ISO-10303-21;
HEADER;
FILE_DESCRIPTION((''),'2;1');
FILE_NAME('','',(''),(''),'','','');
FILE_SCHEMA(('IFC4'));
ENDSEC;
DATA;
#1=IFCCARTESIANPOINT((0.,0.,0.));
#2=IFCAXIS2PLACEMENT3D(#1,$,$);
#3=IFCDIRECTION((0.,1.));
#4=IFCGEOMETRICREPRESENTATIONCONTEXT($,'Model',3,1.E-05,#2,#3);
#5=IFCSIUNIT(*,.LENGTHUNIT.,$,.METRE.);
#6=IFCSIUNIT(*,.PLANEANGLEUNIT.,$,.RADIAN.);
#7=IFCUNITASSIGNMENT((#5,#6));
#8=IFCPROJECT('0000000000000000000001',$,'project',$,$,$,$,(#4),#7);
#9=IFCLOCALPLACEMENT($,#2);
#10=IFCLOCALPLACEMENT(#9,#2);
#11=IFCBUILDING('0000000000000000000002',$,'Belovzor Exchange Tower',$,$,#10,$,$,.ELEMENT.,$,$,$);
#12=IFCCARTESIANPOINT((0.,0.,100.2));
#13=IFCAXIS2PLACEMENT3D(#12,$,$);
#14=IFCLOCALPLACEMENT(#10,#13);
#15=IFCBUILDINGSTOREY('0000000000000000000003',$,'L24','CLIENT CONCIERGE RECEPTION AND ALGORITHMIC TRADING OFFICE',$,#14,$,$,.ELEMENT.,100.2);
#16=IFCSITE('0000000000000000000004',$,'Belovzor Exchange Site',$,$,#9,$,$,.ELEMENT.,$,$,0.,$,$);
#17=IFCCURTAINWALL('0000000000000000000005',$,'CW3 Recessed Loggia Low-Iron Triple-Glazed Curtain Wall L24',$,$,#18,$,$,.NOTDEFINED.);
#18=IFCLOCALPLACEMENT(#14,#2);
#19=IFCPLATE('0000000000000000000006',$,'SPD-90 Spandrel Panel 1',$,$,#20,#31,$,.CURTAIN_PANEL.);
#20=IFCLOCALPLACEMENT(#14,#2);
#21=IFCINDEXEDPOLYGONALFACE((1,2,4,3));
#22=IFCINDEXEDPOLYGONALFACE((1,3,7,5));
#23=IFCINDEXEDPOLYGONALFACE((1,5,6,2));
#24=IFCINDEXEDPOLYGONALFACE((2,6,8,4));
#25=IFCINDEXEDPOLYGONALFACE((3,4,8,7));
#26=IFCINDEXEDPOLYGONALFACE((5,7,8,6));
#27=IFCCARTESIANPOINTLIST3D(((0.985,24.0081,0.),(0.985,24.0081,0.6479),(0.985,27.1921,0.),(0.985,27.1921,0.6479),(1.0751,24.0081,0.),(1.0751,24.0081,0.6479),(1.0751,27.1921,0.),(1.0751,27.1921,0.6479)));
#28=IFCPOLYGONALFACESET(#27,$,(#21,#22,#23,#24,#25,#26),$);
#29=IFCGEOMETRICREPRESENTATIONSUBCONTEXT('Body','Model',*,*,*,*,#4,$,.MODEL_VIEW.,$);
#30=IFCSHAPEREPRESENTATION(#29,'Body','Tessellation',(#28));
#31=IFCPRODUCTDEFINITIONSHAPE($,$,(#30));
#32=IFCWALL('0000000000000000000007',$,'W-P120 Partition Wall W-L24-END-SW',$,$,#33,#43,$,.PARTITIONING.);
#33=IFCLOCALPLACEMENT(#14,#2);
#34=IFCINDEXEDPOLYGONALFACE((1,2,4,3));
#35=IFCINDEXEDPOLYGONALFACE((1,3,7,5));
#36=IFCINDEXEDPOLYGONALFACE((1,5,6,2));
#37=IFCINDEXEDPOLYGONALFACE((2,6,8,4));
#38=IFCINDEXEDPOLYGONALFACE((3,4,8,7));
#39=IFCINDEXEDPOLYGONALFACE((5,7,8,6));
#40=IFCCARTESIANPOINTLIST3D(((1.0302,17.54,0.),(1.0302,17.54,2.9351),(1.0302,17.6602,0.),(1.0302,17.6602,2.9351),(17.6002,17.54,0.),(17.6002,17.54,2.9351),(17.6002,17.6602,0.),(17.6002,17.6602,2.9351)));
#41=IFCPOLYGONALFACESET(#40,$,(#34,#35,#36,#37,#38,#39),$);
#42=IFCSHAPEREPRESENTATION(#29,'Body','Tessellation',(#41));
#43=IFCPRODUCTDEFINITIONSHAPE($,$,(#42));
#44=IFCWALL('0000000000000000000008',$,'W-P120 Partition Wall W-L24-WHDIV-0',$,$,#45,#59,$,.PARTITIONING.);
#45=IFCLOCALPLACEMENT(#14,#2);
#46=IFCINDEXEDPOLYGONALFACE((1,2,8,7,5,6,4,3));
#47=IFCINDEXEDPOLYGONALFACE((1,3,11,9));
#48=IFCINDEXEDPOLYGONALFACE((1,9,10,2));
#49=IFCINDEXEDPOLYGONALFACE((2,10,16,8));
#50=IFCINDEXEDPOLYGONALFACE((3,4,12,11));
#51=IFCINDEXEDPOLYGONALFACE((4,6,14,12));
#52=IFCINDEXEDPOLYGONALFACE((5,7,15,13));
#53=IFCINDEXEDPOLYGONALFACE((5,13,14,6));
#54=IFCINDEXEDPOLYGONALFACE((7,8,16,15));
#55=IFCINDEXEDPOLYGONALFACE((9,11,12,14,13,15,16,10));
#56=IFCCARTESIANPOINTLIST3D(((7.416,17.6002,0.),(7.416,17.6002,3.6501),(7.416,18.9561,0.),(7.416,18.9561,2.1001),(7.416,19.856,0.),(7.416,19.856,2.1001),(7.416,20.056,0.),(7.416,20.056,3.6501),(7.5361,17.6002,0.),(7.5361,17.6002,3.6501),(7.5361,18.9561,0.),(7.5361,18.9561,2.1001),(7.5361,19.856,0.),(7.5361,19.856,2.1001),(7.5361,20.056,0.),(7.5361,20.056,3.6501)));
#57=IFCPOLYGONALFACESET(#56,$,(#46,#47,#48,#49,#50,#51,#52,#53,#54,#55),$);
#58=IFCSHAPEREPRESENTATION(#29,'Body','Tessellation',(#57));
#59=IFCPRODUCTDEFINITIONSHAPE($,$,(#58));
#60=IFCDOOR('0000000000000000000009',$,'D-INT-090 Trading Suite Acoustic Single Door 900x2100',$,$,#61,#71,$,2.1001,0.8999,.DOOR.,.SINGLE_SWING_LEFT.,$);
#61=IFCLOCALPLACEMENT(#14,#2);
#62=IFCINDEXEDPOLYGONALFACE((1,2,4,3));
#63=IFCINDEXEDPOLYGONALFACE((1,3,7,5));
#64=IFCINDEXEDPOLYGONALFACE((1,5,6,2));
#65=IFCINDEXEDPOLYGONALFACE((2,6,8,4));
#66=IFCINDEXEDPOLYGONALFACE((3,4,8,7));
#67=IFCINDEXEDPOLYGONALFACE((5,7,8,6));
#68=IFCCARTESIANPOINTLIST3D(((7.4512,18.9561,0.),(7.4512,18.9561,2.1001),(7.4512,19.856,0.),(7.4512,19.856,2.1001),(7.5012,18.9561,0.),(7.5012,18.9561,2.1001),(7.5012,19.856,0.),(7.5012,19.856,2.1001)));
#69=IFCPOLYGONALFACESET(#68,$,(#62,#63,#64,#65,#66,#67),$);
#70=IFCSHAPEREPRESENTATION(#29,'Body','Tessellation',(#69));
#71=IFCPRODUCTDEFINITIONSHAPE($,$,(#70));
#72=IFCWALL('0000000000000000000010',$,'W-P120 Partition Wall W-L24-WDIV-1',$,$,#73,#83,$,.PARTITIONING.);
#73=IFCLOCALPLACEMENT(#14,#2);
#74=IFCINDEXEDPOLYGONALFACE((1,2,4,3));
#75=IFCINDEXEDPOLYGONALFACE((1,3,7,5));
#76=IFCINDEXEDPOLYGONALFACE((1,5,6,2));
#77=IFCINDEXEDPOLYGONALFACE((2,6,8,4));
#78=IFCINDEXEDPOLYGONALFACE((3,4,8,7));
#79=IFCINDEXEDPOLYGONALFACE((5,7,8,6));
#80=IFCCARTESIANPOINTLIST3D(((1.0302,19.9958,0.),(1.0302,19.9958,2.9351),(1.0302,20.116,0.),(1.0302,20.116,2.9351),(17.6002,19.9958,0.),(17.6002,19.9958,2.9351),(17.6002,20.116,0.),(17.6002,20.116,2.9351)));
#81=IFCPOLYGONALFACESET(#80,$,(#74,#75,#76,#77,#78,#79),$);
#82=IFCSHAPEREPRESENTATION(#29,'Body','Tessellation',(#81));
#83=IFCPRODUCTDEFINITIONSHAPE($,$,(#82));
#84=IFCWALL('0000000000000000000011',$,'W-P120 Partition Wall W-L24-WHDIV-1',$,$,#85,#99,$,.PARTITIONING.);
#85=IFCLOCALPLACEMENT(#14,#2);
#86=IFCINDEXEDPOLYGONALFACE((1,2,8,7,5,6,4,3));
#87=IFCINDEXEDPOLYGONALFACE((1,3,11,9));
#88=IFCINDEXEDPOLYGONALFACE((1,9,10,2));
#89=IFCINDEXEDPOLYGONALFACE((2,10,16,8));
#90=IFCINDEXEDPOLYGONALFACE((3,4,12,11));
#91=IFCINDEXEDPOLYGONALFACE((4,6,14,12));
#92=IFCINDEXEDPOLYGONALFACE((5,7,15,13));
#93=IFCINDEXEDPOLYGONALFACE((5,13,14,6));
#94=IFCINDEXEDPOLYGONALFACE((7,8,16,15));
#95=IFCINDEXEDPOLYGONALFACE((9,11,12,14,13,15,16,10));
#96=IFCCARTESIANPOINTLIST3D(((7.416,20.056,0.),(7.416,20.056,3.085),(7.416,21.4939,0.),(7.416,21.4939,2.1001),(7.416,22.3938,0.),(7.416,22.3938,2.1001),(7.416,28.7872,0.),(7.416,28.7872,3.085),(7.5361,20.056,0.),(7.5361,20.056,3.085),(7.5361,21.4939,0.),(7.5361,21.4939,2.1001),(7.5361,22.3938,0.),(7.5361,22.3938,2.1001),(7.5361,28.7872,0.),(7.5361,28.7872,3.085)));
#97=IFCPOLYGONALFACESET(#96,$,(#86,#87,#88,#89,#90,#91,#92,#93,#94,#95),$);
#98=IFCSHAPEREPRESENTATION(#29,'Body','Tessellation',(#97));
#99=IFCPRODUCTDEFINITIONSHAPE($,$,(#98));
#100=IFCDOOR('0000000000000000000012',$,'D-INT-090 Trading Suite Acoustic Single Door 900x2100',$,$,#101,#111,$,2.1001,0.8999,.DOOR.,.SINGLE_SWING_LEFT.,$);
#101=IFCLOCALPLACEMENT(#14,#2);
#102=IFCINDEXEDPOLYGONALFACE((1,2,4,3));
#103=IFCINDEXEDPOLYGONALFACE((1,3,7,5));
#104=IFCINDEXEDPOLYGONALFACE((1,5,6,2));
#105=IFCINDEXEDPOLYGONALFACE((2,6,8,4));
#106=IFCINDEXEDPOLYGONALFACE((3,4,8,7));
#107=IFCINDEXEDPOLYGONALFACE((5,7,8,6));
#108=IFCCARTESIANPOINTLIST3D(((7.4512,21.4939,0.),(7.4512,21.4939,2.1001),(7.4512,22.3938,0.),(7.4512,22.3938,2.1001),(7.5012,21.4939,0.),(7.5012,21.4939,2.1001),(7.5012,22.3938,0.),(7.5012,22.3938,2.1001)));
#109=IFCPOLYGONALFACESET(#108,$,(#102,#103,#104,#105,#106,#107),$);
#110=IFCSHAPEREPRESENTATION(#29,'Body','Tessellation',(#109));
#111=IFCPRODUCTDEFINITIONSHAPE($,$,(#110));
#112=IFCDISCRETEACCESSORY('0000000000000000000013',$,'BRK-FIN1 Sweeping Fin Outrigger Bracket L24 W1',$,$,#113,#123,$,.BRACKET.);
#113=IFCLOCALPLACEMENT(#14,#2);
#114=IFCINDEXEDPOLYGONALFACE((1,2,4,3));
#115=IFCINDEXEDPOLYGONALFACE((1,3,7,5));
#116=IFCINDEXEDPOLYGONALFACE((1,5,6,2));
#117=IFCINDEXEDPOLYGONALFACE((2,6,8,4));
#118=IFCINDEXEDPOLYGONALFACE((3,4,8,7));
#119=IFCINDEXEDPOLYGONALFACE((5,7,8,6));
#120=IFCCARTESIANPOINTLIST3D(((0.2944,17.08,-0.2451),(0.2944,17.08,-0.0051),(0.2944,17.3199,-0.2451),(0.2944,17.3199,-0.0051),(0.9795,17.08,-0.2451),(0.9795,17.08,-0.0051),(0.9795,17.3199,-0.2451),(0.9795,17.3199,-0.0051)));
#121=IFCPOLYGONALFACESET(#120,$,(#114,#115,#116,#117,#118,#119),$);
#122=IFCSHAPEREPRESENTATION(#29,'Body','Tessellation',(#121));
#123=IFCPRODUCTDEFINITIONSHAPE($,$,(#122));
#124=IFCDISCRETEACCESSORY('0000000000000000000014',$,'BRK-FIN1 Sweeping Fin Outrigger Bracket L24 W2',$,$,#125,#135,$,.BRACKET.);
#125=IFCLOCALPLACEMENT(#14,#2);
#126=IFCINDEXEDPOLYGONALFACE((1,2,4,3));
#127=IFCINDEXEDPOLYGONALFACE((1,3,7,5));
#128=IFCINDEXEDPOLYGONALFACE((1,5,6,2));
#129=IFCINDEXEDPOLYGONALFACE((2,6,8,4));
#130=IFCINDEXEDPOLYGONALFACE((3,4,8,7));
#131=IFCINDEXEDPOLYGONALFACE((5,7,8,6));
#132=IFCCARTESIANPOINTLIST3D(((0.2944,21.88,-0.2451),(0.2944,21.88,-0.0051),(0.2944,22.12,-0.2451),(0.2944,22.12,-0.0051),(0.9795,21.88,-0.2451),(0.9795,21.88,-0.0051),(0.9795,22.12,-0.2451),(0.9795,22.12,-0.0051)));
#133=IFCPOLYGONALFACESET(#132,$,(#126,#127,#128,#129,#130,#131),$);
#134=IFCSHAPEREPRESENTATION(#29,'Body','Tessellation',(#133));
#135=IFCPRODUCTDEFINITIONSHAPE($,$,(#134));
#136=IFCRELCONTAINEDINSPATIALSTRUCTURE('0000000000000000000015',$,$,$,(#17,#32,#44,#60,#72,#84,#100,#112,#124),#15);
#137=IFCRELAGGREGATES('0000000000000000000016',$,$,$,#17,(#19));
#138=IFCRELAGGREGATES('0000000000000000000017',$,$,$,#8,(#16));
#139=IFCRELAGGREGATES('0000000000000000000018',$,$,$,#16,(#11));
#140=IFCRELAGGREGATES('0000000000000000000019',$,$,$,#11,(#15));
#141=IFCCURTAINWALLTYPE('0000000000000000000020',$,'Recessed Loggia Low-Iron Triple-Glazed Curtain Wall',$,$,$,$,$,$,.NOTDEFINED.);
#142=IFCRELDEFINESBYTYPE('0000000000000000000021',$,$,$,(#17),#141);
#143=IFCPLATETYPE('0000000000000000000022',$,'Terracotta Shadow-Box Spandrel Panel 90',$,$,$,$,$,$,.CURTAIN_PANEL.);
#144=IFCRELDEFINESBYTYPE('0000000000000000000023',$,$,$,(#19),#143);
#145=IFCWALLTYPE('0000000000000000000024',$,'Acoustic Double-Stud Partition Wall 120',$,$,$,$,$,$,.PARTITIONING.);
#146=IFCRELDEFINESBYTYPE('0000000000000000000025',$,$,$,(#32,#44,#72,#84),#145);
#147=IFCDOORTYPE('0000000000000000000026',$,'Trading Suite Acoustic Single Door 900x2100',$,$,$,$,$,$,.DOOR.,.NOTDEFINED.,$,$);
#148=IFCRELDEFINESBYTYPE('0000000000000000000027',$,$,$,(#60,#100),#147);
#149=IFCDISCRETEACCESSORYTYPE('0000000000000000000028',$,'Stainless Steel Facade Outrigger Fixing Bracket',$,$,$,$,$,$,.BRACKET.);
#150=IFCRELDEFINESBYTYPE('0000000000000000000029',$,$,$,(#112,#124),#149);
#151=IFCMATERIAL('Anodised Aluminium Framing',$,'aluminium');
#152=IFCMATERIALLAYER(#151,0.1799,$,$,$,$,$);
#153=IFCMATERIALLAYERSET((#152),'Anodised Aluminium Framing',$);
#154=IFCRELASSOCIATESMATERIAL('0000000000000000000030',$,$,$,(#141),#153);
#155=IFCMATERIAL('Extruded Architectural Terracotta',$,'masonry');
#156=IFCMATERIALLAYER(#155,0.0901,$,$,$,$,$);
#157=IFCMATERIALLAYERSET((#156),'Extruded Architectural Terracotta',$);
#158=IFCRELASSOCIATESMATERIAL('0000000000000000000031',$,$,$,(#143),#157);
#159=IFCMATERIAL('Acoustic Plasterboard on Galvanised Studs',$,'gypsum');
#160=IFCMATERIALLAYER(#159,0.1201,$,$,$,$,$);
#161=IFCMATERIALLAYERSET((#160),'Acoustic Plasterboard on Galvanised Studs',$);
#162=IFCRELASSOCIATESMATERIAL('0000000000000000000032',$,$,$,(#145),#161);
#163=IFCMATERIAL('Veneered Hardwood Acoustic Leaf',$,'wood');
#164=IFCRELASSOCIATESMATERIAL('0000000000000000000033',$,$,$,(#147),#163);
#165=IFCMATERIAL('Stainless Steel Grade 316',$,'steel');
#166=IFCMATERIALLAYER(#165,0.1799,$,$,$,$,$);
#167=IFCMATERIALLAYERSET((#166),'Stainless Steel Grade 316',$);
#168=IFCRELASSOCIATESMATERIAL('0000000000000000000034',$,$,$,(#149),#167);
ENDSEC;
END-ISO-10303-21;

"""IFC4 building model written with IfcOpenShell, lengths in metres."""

from ifc_helpers import new_model, si_unit, direction, frame, frame_2d, origin, origin_2d, place, context, subcontext, project, spatial, rectangle, extrude, material, layer, layer_set, type_object, element, fill, aggregate, save


model = new_model("IFC4")

# Units and contexts
model_context = context("Model", 3, precision=1e-05, world=origin(), true_north=direction((0.0, 1.0)))
body_context = subcontext(model_context, "Body", "Model", "MODEL_VIEW")
ifc_project = project(units=[si_unit("LENGTHUNIT", "METRE"), si_unit("PLANEANGLEUNIT", "RADIAN")], contexts=[model_context])

# Site, building, storey
site_placement = place(None, origin())
site = spatial("IfcSite", under=ifc_project, at=site_placement, Name="Belovzor Exchange Site", CompositionType="ELEMENT", RefElevation=0.0)
building_placement = place(site_placement, origin())
building = spatial("IfcBuilding", under=site, at=building_placement, Name="Belovzor Exchange Tower", CompositionType="ELEMENT")
storey_placement = place(building_placement, frame((0.0, 0.0, 100.2)))
storey = spatial("IfcBuildingStorey", under=building, at=storey_placement, Name="L24", Description="CLIENT CONCIERGE RECEPTION AND ALGORITHMIC TRADING OFFICE", CompositionType="ELEMENT", Elevation=100.2)

# Curtain wall
ifc_material_1 = material(Name="Anodised Aluminium Framing", Category="aluminium")
ifc_layer_1 = layer(ifc_material_1, 0.1799)
ifc_layer_set_1 = layer_set([ifc_layer_1], Name="Anodised Aluminium Framing")
curtain_wall_type = type_object("IfcCurtainWallType", Name="Recessed Loggia Low-Iron Triple-Glazed Curtain Wall", PredefinedType="NOTDEFINED", material=ifc_layer_set_1)
curtain_wall_placement = place(storey_placement, origin())
curtain_wall = element("IfcCurtainWall", 1, at=curtain_wall_placement, inside=storey, type_object=curtain_wall_type, Name="CW3 Recessed Loggia Low-Iron Triple-Glazed Curtain Wall L24", PredefinedType="NOTDEFINED")

# Plate
ifc_material_2 = material(Name="Extruded Architectural Terracotta", Category="masonry")
ifc_layer_2 = layer(ifc_material_2, 0.0901)
ifc_layer_set_2 = layer_set([ifc_layer_2], Name="Extruded Architectural Terracotta")
plate_type_1 = type_object("IfcPlateType", Name="Terracotta Shadow-Box Spandrel Panel 90", PredefinedType="CURTAIN_PANEL", material=ifc_layer_set_2)
plate_1_placement = place(storey_placement, frame((1.03, 25.6001, 0.0), z_axis=(0.0, 0.0, 1.0), x_axis=(0.0, 1.0, 0.0)))
plate_1 = element("IfcPlate", 2, at=plate_1_placement, type_object=plate_type_1, Name="SPD-90 Spandrel Panel 1", PredefinedType="CURTAIN_PANEL", context=body_context, shape_type="SweptSolid", body=[
    extrude(rectangle(XDim=3.1841, YDim=0.0901, at=origin_2d()), origin(), (0.0, 0.0, 1.0), 0.6479),
])
aggregate(curtain_wall, [plate_1])

# Wall
ifc_material_3 = material(Name="Acoustic Plasterboard on Galvanised Studs", Category="gypsum")
ifc_layer_3 = layer(ifc_material_3, 0.1201)
ifc_layer_set_3 = layer_set([ifc_layer_3], Name="Acoustic Plasterboard on Galvanised Studs")
wall_type = type_object("IfcWallType", Name="Acoustic Double-Stud Partition Wall 120", PredefinedType="PARTITIONING", material=ifc_layer_set_3)
wall_1_placement = place(storey_placement, frame((1.03, 17.6001, 0.0), z_axis=(0.0, 0.0, 1.0), x_axis=(1.0, 0.0, 0.0)))
element("IfcWall", 3, at=wall_1_placement, inside=storey, type_object=wall_type, Name="W-P120 Partition Wall W-L24-END-SW", PredefinedType="PARTITIONING", context=body_context, shape_type="SweptSolid", body=[
    extrude(rectangle(XDim=16.5701, YDim=0.1201, at=frame_2d((8.2852, 0.0))), origin(), (0.0, 0.0, 1.0), 2.9351),
])

# Wall, opening, door
wall_2_placement = place(storey_placement, frame((7.4761, 17.6001, 0.0), z_axis=(0.0, 0.0, 1.0), x_axis=(0.0, 1.0, 0.0)))
wall_2 = element("IfcWall", 4, at=wall_2_placement, inside=storey, type_object=wall_type, Name="W-P120 Partition Wall W-L24-WHDIV-0", PredefinedType="PARTITIONING", context=body_context, shape_type="SweptSolid", body=[
    extrude(rectangle(XDim=2.4558, YDim=0.1201, at=frame_2d((1.228, 0.0))), origin(), (0.0, 0.0, 1.0), 3.6501),
])
opening_1_placement = place(wall_2_placement, frame((1.356, 0.0, 0.0)))
opening_1 = element("IfcOpeningElement", 5, at=opening_1_placement, cuts=wall_2, PredefinedType="OPENING", context=body_context, shape_type="SweptSolid", body=[
    extrude(rectangle(XDim=0.8999, YDim=2.1001, at=frame_2d((0.45, 1.05))), frame((0.0, 0.0701, 0.0), z_axis=(0.0, -1.0, 0.0), x_axis=(1.0, 0.0, 0.0)), (0.0, 0.0, 1.0), 0.1401),
])
ifc_material_4 = material(Name="Veneered Hardwood Acoustic Leaf", Category="wood")
door_type = type_object("IfcDoorType", Name="Trading Suite Acoustic Single Door 900x2100", OperationType="NOTDEFINED", PredefinedType="DOOR", material=ifc_material_4)
door_1_placement = place(opening_1_placement, origin())
door_1 = element("IfcDoor", 6, at=door_1_placement, inside=storey, type_object=door_type, Name="D-INT-090 Trading Suite Acoustic Single Door 900x2100", OperationType="SINGLE_SWING_LEFT", OverallHeight=2.1001, OverallWidth=0.8999, PredefinedType="DOOR", context=body_context, shape_type="SweptSolid", body=[
    extrude(rectangle(XDim=0.8999, YDim=2.1001, at=frame_2d((0.45, 1.05))), frame((0.0, 0.0249, 0.0), z_axis=(0.0, -1.0, 0.0), x_axis=(1.0, 0.0, 0.0)), (0.0, 0.0, 1.0), 0.05),
])
fill(opening_1, door_1)

# Wall
wall_3_placement = place(storey_placement, frame((1.03, 20.0559, 0.0), z_axis=(0.0, 0.0, 1.0), x_axis=(1.0, 0.0, 0.0)))
element("IfcWall", 7, at=wall_3_placement, inside=storey, type_object=wall_type, Name="W-P120 Partition Wall W-L24-WDIV-1", PredefinedType="PARTITIONING", context=body_context, shape_type="SweptSolid", body=[
    extrude(rectangle(XDim=16.5701, YDim=0.1201, at=frame_2d((8.2852, 0.0))), origin(), (0.0, 0.0, 1.0), 2.9351),
])

# Wall, opening, door
wall_4_placement = place(storey_placement, frame((7.4761, 20.0559, 0.0), z_axis=(0.0, 0.0, 1.0), x_axis=(0.0, 1.0, 0.0)))
wall_4 = element("IfcWall", 8, at=wall_4_placement, inside=storey, type_object=wall_type, Name="W-P120 Partition Wall W-L24-WHDIV-1", PredefinedType="PARTITIONING", context=body_context, shape_type="SweptSolid", body=[
    extrude(rectangle(XDim=8.7312, YDim=0.1201, at=frame_2d((4.3657, 0.0))), origin(), (0.0, 0.0, 1.0), 3.085),
])
opening_2_placement = place(wall_4_placement, frame((1.438, 0.0, 0.0)))
opening_2 = element("IfcOpeningElement", 9, at=opening_2_placement, cuts=wall_4, PredefinedType="OPENING", context=body_context, shape_type="SweptSolid", body=[
    extrude(rectangle(XDim=0.8999, YDim=2.1001, at=frame_2d((0.45, 1.05))), frame((0.0, 0.0701, 0.0), z_axis=(0.0, -1.0, 0.0), x_axis=(1.0, 0.0, 0.0)), (0.0, 0.0, 1.0), 0.1401),
])
door_2_placement = place(opening_2_placement, origin())
door_2 = element("IfcDoor", 10, at=door_2_placement, inside=storey, type_object=door_type, Name="D-INT-090 Trading Suite Acoustic Single Door 900x2100", OperationType="SINGLE_SWING_LEFT", OverallHeight=2.1001, OverallWidth=0.8999, PredefinedType="DOOR", context=body_context, shape_type="SweptSolid", body=[
    extrude(rectangle(XDim=0.8999, YDim=2.1001, at=frame_2d((0.45, 1.05))), frame((0.0, 0.0249, 0.0), z_axis=(0.0, -1.0, 0.0), x_axis=(1.0, 0.0, 0.0)), (0.0, 0.0, 1.0), 0.05),
])
fill(opening_2, door_2)

# Discrete accessories
ifc_material_5 = material(Name="Stainless Steel Grade 316", Category="steel")
ifc_layer_4 = layer(ifc_material_5, 0.1799)
ifc_layer_set_4 = layer_set([ifc_layer_4], Name="Stainless Steel Grade 316")
discrete_accessory_type = type_object("IfcDiscreteAccessoryType", Name="Stainless Steel Facade Outrigger Fixing Bracket", PredefinedType="BRACKET", material=ifc_layer_set_4)
for number, where, z_axis, x_axis, name in (
    (11, (0.637, 17.2, -0.2451), (0.0, 0.0, 1.0), (1.0, 0.0, 0.0), "BRK-FIN1 Sweeping Fin Outrigger Bracket L24 W1"),
    (12, (0.637, 22.0, -0.2451), (0.0, 0.0, 1.0), (1.0, 0.0, 0.0), "BRK-FIN1 Sweeping Fin Outrigger Bracket L24 W2"),
):
    element("IfcDiscreteAccessory", number, at=place(storey_placement, frame(where, z_axis=z_axis, x_axis=x_axis)), inside=storey, type_object=discrete_accessory_type, Name=name, PredefinedType="BRACKET", context=body_context, shape_type="SweptSolid", body=[
        extrude(rectangle(XDim=0.6851, YDim=0.24, at=origin_2d()), origin(), (0.0, 0.0, 1.0), 0.24),
    ])

save(model, "model.ifc")
